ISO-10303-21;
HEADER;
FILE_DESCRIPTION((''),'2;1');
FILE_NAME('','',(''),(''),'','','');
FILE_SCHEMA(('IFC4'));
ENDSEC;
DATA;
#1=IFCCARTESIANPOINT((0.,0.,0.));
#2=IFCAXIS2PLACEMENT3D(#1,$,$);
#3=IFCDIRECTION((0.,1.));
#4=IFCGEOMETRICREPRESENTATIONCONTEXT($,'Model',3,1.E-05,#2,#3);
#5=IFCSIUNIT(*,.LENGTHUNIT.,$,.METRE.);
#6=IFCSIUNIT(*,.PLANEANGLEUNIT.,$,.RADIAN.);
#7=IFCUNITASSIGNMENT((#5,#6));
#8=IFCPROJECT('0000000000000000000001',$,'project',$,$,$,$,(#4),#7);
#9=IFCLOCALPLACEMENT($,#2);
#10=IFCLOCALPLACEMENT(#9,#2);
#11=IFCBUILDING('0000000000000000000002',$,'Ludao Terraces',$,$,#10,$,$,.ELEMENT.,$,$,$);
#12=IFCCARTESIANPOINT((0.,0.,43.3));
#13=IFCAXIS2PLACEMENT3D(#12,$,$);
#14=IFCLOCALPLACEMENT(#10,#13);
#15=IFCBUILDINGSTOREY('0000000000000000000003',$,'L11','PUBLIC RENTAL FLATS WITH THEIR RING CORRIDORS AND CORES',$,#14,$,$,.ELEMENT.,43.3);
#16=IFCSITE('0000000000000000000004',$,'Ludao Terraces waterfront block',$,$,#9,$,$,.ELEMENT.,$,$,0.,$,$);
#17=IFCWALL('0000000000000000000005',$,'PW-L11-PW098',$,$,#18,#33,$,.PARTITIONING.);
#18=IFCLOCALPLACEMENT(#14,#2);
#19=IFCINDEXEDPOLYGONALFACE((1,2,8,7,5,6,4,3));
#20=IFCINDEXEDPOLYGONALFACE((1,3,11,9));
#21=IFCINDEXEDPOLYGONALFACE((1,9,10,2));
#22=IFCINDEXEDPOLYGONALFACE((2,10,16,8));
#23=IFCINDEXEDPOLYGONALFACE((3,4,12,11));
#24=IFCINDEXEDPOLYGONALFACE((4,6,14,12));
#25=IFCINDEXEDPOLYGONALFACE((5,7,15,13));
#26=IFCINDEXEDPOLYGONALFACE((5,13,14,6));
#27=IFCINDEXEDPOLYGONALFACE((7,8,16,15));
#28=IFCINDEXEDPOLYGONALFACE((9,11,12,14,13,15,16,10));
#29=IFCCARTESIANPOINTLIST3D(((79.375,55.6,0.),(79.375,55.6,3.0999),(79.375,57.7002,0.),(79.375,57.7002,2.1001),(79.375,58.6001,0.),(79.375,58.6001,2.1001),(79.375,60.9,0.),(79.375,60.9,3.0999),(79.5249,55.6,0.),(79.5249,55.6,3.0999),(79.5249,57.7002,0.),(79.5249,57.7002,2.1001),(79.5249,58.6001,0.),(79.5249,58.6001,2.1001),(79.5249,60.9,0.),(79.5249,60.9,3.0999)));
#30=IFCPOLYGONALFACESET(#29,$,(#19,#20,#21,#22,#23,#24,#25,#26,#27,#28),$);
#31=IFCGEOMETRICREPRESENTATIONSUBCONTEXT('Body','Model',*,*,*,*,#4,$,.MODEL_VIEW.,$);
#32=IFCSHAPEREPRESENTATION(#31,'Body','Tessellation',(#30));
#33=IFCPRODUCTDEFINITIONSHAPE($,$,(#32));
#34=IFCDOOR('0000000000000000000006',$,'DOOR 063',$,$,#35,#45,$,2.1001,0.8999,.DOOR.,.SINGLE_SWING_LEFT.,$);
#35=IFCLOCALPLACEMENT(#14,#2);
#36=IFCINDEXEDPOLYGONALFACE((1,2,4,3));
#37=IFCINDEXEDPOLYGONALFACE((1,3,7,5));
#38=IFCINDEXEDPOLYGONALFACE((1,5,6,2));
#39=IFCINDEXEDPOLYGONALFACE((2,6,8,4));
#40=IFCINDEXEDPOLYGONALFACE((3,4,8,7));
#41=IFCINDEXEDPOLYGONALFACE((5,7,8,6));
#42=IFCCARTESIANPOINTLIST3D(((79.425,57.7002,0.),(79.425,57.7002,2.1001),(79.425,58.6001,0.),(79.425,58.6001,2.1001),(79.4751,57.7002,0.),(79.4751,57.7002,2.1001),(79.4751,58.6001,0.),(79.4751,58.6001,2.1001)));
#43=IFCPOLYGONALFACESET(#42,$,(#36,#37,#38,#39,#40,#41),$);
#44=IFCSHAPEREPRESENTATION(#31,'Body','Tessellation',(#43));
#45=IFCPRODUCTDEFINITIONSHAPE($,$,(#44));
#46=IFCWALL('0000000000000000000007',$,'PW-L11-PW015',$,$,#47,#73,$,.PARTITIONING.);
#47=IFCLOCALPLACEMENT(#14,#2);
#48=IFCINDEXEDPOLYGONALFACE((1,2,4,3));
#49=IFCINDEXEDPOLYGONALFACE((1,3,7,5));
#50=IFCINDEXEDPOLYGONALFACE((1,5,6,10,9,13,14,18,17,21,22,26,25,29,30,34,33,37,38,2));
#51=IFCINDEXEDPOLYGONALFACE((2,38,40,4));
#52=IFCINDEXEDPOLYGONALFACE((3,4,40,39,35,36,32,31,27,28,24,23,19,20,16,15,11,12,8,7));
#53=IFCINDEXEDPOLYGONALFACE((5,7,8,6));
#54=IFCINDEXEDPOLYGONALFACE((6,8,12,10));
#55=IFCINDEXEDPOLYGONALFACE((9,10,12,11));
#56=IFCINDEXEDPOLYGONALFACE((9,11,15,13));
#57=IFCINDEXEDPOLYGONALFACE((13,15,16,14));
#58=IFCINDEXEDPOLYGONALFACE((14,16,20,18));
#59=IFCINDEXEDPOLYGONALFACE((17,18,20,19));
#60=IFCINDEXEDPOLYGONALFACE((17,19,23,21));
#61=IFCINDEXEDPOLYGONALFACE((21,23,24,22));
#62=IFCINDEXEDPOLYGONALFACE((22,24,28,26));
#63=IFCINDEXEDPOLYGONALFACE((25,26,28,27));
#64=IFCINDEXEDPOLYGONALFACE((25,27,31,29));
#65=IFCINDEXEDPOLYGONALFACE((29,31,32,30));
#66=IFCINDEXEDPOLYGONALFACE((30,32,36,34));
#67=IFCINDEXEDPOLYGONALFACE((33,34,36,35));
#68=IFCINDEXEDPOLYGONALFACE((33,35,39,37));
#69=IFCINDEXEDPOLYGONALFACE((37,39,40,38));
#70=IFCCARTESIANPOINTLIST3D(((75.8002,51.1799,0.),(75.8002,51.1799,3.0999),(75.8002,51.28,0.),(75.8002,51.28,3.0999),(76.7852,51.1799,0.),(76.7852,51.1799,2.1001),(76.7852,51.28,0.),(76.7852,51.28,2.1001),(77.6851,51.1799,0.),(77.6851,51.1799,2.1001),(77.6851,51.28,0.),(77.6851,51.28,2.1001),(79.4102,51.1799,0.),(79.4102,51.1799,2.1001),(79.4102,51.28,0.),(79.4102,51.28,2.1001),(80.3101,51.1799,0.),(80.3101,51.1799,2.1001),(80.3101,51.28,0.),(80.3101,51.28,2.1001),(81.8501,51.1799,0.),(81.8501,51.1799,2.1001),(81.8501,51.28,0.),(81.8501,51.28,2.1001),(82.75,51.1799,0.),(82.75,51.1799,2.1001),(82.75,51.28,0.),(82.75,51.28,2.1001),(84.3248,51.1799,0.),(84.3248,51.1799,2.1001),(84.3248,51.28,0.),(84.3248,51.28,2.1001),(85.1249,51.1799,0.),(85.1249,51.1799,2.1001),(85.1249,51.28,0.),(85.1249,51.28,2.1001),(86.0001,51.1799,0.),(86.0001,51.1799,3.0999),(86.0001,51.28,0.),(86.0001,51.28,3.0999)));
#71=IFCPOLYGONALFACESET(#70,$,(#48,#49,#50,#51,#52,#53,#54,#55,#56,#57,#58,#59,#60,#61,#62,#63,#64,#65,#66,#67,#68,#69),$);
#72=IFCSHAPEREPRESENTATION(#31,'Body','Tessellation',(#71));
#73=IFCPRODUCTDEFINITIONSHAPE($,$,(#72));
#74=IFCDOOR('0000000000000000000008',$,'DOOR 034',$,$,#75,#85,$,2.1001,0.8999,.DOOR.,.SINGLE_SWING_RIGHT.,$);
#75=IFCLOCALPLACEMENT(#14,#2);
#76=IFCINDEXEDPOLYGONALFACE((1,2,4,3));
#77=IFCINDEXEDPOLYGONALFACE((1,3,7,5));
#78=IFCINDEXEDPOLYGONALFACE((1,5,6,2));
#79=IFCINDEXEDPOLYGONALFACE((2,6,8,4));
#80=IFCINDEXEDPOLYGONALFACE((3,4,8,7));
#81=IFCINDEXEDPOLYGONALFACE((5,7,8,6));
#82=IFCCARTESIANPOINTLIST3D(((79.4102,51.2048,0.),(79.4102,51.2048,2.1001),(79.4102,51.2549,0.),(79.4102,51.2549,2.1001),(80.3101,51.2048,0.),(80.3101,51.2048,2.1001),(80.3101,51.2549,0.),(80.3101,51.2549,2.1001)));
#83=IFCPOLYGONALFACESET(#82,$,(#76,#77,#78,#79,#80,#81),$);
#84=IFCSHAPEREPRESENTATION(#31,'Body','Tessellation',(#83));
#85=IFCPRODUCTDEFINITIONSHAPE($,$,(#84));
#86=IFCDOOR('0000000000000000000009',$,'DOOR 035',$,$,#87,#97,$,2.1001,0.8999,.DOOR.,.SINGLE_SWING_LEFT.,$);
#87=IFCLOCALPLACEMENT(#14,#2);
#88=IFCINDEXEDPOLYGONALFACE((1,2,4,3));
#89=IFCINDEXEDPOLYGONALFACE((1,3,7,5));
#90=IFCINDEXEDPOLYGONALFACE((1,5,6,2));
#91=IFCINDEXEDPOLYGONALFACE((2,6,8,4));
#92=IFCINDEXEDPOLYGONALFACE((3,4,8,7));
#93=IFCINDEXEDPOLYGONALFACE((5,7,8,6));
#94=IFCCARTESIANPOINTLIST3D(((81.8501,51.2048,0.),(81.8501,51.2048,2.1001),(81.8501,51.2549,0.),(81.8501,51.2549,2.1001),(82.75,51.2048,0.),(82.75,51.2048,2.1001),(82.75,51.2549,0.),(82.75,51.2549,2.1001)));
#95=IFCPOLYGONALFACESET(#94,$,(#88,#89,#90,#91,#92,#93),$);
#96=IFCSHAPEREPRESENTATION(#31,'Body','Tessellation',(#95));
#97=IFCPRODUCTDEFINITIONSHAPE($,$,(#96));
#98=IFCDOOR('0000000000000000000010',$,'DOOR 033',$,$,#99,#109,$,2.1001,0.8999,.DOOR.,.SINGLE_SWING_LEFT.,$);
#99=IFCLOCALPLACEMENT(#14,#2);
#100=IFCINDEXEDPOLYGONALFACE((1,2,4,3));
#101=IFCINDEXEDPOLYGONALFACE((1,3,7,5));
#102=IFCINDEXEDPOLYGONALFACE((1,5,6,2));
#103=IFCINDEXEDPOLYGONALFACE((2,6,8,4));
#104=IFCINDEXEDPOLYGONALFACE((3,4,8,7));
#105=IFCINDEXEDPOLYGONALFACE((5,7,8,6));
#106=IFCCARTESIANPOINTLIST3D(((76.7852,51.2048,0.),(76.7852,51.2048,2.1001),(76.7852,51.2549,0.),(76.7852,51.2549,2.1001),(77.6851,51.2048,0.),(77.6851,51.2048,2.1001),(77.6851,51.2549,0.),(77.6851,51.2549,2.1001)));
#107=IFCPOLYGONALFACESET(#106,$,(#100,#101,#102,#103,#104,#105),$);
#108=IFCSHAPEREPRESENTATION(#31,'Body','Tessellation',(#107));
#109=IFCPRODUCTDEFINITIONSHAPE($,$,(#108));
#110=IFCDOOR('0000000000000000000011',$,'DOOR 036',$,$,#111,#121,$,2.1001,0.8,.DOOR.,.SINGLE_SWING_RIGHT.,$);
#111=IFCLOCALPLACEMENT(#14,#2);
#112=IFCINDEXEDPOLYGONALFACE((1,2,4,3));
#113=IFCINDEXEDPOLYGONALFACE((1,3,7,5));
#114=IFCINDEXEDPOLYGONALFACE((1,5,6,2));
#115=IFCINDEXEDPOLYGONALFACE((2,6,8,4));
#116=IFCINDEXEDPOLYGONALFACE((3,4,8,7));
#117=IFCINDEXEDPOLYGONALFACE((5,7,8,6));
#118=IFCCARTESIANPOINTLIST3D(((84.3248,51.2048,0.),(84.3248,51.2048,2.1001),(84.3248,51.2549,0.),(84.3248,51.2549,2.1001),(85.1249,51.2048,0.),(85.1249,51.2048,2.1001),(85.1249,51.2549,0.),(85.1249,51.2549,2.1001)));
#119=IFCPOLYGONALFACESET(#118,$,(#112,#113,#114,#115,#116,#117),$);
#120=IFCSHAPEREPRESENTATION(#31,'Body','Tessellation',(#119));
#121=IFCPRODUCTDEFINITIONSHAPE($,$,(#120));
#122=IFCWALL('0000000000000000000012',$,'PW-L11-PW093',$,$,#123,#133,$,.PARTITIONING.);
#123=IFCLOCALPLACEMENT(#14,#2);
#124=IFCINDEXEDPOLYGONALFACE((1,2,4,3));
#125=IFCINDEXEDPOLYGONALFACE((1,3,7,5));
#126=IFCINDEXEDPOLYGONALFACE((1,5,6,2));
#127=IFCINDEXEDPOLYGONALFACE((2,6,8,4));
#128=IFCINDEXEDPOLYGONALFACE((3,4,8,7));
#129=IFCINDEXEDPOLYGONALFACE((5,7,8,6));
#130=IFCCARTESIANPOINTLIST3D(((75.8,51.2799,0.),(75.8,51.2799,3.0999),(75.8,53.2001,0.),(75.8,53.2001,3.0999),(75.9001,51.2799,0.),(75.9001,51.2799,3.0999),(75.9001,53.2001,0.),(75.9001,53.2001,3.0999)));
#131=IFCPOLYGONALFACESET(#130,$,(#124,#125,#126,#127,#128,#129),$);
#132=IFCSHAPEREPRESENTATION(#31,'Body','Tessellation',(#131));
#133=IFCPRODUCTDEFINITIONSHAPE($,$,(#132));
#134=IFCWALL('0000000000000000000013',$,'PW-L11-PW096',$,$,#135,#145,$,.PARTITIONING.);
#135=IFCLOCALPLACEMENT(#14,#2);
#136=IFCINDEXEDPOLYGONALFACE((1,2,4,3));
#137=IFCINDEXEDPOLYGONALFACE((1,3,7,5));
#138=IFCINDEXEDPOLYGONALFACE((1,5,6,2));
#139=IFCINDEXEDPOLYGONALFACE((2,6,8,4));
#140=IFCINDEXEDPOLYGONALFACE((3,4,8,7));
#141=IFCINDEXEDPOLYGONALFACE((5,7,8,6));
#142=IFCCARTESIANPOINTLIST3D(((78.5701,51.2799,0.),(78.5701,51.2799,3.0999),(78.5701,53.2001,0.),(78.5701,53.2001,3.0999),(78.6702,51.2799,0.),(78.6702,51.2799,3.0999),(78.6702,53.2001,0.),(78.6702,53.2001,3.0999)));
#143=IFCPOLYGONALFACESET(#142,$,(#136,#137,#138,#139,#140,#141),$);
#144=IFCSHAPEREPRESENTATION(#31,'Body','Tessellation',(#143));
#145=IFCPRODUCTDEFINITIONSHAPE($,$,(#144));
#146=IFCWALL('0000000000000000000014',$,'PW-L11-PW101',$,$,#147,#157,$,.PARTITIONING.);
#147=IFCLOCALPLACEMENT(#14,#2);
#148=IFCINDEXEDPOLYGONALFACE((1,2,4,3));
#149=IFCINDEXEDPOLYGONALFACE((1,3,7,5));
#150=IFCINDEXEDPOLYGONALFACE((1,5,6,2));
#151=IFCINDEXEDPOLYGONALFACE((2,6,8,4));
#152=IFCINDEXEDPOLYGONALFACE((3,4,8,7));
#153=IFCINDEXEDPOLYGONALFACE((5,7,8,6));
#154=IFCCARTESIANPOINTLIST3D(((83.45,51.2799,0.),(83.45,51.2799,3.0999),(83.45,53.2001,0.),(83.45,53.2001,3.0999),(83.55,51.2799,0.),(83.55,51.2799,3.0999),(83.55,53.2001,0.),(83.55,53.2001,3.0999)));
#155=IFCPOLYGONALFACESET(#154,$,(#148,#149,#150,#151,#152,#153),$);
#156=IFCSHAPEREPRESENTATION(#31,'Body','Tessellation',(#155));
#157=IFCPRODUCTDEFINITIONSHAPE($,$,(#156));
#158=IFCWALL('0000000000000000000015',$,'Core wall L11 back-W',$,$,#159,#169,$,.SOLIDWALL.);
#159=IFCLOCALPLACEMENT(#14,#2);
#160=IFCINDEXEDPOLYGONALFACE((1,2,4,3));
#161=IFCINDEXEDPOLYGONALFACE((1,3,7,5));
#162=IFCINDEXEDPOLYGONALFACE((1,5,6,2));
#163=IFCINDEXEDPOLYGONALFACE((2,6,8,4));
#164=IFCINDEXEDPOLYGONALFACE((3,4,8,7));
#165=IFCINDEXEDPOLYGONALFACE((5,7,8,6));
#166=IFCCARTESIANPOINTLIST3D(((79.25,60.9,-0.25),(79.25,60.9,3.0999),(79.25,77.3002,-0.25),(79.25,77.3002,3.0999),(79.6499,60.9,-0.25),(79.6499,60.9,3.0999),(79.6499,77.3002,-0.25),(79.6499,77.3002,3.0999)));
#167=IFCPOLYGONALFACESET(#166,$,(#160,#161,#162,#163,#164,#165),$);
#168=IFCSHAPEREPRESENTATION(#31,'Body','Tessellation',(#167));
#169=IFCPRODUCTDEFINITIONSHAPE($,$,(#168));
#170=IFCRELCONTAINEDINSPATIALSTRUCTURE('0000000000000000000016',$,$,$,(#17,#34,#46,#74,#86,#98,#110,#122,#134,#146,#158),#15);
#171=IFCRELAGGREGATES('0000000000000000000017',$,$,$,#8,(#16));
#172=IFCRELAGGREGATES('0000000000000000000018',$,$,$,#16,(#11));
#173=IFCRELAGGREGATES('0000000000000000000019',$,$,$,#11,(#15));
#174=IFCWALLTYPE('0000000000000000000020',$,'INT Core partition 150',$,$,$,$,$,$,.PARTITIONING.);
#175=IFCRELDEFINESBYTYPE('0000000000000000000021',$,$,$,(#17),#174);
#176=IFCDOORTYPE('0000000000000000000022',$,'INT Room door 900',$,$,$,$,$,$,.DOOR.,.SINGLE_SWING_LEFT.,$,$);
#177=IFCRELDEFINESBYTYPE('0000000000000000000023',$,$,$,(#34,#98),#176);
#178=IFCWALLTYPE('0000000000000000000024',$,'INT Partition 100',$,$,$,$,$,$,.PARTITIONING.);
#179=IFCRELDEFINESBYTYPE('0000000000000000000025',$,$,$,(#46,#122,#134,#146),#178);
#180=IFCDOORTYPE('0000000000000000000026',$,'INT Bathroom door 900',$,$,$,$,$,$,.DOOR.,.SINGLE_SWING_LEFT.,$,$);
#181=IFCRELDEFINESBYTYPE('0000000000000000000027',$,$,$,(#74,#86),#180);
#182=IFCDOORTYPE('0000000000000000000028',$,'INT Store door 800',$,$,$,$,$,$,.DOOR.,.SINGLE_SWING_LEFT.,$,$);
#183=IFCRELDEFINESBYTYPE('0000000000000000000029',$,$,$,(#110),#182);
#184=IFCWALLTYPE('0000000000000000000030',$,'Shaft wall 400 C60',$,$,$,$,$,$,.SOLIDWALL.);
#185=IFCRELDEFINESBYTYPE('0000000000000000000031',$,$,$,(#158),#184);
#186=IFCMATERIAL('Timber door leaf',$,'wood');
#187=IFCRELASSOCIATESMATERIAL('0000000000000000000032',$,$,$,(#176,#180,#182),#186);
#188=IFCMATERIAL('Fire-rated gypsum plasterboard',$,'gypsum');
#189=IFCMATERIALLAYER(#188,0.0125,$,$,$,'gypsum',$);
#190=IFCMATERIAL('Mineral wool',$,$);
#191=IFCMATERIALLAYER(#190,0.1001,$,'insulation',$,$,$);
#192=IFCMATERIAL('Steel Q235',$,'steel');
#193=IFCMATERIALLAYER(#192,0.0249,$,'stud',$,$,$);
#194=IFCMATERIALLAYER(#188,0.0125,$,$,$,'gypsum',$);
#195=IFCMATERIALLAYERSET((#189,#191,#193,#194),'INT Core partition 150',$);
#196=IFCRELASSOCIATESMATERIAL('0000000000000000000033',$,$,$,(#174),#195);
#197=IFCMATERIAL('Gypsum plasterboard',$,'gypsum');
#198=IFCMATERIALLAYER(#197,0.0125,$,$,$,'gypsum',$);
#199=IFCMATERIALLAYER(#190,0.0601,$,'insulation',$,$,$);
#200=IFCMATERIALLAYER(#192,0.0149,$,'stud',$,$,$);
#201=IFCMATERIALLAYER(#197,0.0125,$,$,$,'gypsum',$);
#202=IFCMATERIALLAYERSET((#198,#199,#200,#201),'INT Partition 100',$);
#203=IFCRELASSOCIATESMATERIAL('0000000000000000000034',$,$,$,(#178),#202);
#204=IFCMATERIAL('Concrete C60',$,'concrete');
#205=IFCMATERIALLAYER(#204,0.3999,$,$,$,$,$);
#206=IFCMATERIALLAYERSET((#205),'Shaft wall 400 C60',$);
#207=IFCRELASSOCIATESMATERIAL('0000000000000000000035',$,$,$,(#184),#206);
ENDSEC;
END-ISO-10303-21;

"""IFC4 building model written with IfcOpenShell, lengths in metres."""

from ifc_helpers import new_model, si_unit, direction, frame, frame_2d, origin, place, context, subcontext, project, spatial, rectangle, extrude, material, layer, layer_set, type_object, element, fill, save


model = new_model("IFC4")

# Units and contexts
model_context = context("Model", 3, precision=1e-05, world=origin(), true_north=direction((0.0, 1.0)))
body_context = subcontext(model_context, "Body", "Model", "MODEL_VIEW")
ifc_project = project(units=[si_unit("LENGTHUNIT", "METRE"), si_unit("PLANEANGLEUNIT", "RADIAN")], contexts=[model_context])

# Site, building, storey
site_placement = place(None, origin())
site = spatial("IfcSite", under=ifc_project, at=site_placement, Name="Ludao Terraces waterfront block", CompositionType="ELEMENT", RefElevation=0.0)
building_placement = place(site_placement, origin())
building = spatial("IfcBuilding", under=site, at=building_placement, Name="Ludao Terraces", CompositionType="ELEMENT")
storey_placement = place(building_placement, frame((0.0, 0.0, 43.3)))
storey = spatial("IfcBuildingStorey", under=building, at=storey_placement, Name="L11", Description="PUBLIC RENTAL FLATS WITH THEIR RING CORRIDORS AND CORES", CompositionType="ELEMENT", Elevation=43.3)

# Shared definitions
ifc_material_1 = material(Name="Steel Q235", Category="steel")
ifc_material_2 = material(Name="Timber door leaf", Category="wood")
door_type_1 = type_object("IfcDoorType", Name="INT Room door 900", OperationType="SINGLE_SWING_LEFT", PredefinedType="DOOR", material=ifc_material_2)

# Wall, opening, door
ifc_material_3 = material(Name="Fire-rated gypsum plasterboard", Category="gypsum")
ifc_layer_1 = layer(ifc_material_3, 0.0125, Category="gypsum")
ifc_material_4 = material(Name="Mineral wool")
ifc_layer_2 = layer(ifc_material_4, 0.1001, Name="insulation")
ifc_layer_3 = layer(ifc_material_1, 0.0249, Name="stud")
ifc_layer_4 = layer(ifc_material_3, 0.0125, Category="gypsum")
ifc_layer_set_1 = layer_set([ifc_layer_1, ifc_layer_2, ifc_layer_3, ifc_layer_4], Name="INT Core partition 150")
wall_type_1 = type_object("IfcWallType", Name="INT Core partition 150", PredefinedType="PARTITIONING", material=ifc_layer_set_1)
wall_1_placement = place(storey_placement, frame((79.45, 55.6001, 0.0), z_axis=(0.0, 0.0, 1.0), x_axis=(0.0, 1.0, 0.0)))
wall_1 = element("IfcWall", 1, at=wall_1_placement, inside=storey, type_object=wall_type_1, Name="PW-L11-PW098", PredefinedType="PARTITIONING", context=body_context, shape_type="SweptSolid", body=[
    extrude(rectangle(XDim=5.3, YDim=0.1499, at=frame_2d((2.6499, 0.0))), origin(), (0.0, 0.0, 1.0), 3.0999),
])
opening_1_placement = place(wall_1_placement, frame((2.1001, 0.0, 0.0)))
opening_1 = element("IfcOpeningElement", 2, at=opening_1_placement, cuts=wall_1, PredefinedType="OPENING", context=body_context, shape_type="SweptSolid", body=[
    extrude(rectangle(XDim=0.8999, YDim=2.1001, at=frame_2d((0.45, 1.05))), frame((0.0, 0.085, 0.0), z_axis=(0.0, -1.0, 0.0), x_axis=(1.0, 0.0, 0.0)), (0.0, 0.0, 1.0), 0.1699),
])
door_1_placement = place(opening_1_placement, origin())
door_1 = element("IfcDoor", 3, at=door_1_placement, inside=storey, type_object=door_type_1, Name="DOOR 063", OperationType="SINGLE_SWING_LEFT", OverallHeight=2.1001, OverallWidth=0.8999, PredefinedType="DOOR", context=body_context, shape_type="SweptSolid", body=[
    extrude(rectangle(XDim=0.8999, YDim=2.1001, at=frame_2d((0.45, 1.05))), frame((0.0, 0.0249, 0.0), z_axis=(0.0, -1.0, 0.0), x_axis=(1.0, 0.0, 0.0)), (0.0, 0.0, 1.0), 0.05),
])
fill(opening_1, door_1)

# Wall, openings, doors
ifc_material_5 = material(Name="Gypsum plasterboard", Category="gypsum")
ifc_layer_5 = layer(ifc_material_5, 0.0125, Category="gypsum")
ifc_layer_6 = layer(ifc_material_4, 0.0601, Name="insulation")
ifc_layer_7 = layer(ifc_material_1, 0.0149, Name="stud")
ifc_layer_8 = layer(ifc_material_5, 0.0125, Category="gypsum")
ifc_layer_set_2 = layer_set([ifc_layer_5, ifc_layer_6, ifc_layer_7, ifc_layer_8], Name="INT Partition 100")
wall_type_2 = type_object("IfcWallType", Name="INT Partition 100", PredefinedType="PARTITIONING", material=ifc_layer_set_2)
wall_2_placement = place(storey_placement, frame((75.8, 51.23, 0.0), z_axis=(0.0, 0.0, 1.0), x_axis=(1.0, 0.0, 0.0)))
wall_2 = element("IfcWall", 4, at=wall_2_placement, inside=storey, type_object=wall_type_2, Name="PW-L11-PW015", PredefinedType="PARTITIONING", context=body_context, shape_type="SweptSolid", body=[
    extrude(rectangle(XDim=10.2, YDim=0.1001, at=frame_2d((5.1001, 0.0))), origin(), (0.0, 0.0, 1.0), 3.0999),
])
opening_2_placement = place(wall_2_placement, frame((0.9851, 0.0, 0.0)))
opening_2 = element("IfcOpeningElement", 5, at=opening_2_placement, cuts=wall_2, PredefinedType="OPENING", context=body_context, shape_type="SweptSolid", body=[
    extrude(rectangle(XDim=0.8999, YDim=2.1001, at=frame_2d((0.45, 1.05))), frame((0.0, 0.0601, 0.0), z_axis=(0.0, -1.0, 0.0), x_axis=(1.0, 0.0, 0.0)), (0.0, 0.0, 1.0), 0.1201),
])
opening_3_placement = place(wall_2_placement, frame((3.6101, 0.0, 0.0)))
opening_3 = element("IfcOpeningElement", 6, at=opening_3_placement, cuts=wall_2, PredefinedType="OPENING", context=body_context, shape_type="SweptSolid", body=[
    extrude(rectangle(XDim=0.8999, YDim=2.1001, at=frame_2d((0.45, 1.05))), frame((0.0, 0.0601, 0.0), z_axis=(0.0, -1.0, 0.0), x_axis=(1.0, 0.0, 0.0)), (0.0, 0.0, 1.0), 0.1201),
])
opening_4_placement = place(wall_2_placement, frame((6.05, 0.0, 0.0)))
opening_4 = element("IfcOpeningElement", 7, at=opening_4_placement, cuts=wall_2, PredefinedType="OPENING", context=body_context, shape_type="SweptSolid", body=[
    extrude(rectangle(XDim=0.8999, YDim=2.1001, at=frame_2d((0.45, 1.05))), frame((0.0, 0.0601, 0.0), z_axis=(0.0, -1.0, 0.0), x_axis=(1.0, 0.0, 0.0)), (0.0, 0.0, 1.0), 0.1201),
])
opening_5_placement = place(wall_2_placement, frame((8.5249, 0.0, 0.0)))
opening_5 = element("IfcOpeningElement", 8, at=opening_5_placement, cuts=wall_2, PredefinedType="OPENING", context=body_context, shape_type="SweptSolid", body=[
    extrude(rectangle(XDim=0.8, YDim=2.1001, at=frame_2d((0.3999, 1.05))), frame((0.0, 0.0601, 0.0), z_axis=(0.0, -1.0, 0.0), x_axis=(1.0, 0.0, 0.0)), (0.0, 0.0, 1.0), 0.1201),
])
door_type_2 = type_object("IfcDoorType", Name="INT Bathroom door 900", OperationType="SINGLE_SWING_LEFT", PredefinedType="DOOR", material=ifc_material_2)
door_2_placement = place(opening_3_placement, origin())
door_2 = element("IfcDoor", 9, at=door_2_placement, inside=storey, type_object=door_type_2, Name="DOOR 034", OperationType="SINGLE_SWING_RIGHT", OverallHeight=2.1001, OverallWidth=0.8999, PredefinedType="DOOR", context=body_context, shape_type="SweptSolid", body=[
    extrude(rectangle(XDim=0.8999, YDim=2.1001, at=frame_2d((0.45, 1.05))), frame((0.0, 0.0249, 0.0), z_axis=(0.0, -1.0, 0.0), x_axis=(1.0, 0.0, 0.0)), (0.0, 0.0, 1.0), 0.05),
])
fill(opening_3, door_2)
door_3_placement = place(opening_4_placement, origin())
door_3 = element("IfcDoor", 10, at=door_3_placement, inside=storey, type_object=door_type_2, Name="DOOR 035", OperationType="SINGLE_SWING_LEFT", OverallHeight=2.1001, OverallWidth=0.8999, PredefinedType="DOOR", context=body_context, shape_type="SweptSolid", body=[
    extrude(rectangle(XDim=0.8999, YDim=2.1001, at=frame_2d((0.45, 1.05))), frame((0.0, 0.0249, 0.0), z_axis=(0.0, -1.0, 0.0), x_axis=(1.0, 0.0, 0.0)), (0.0, 0.0, 1.0), 0.05),
])
fill(opening_4, door_3)
door_4_placement = place(opening_2_placement, origin())
door_4 = element("IfcDoor", 11, at=door_4_placement, inside=storey, type_object=door_type_1, Name="DOOR 033", OperationType="SINGLE_SWING_LEFT", OverallHeight=2.1001, OverallWidth=0.8999, PredefinedType="DOOR", context=body_context, shape_type="SweptSolid", body=[
    extrude(rectangle(XDim=0.8999, YDim=2.1001, at=frame_2d((0.45, 1.05))), frame((0.0, 0.0249, 0.0), z_axis=(0.0, -1.0, 0.0), x_axis=(1.0, 0.0, 0.0)), (0.0, 0.0, 1.0), 0.05),
])
fill(opening_2, door_4)
door_type_3 = type_object("IfcDoorType", Name="INT Store door 800", OperationType="SINGLE_SWING_LEFT", PredefinedType="DOOR", material=ifc_material_2)
door_5_placement = place(opening_5_placement, origin())
door_5 = element("IfcDoor", 12, at=door_5_placement, inside=storey, type_object=door_type_3, Name="DOOR 036", OperationType="SINGLE_SWING_RIGHT", OverallHeight=2.1001, OverallWidth=0.8, PredefinedType="DOOR", context=body_context, shape_type="SweptSolid", body=[
    extrude(rectangle(XDim=0.8, YDim=2.1001, at=frame_2d((0.3999, 1.05))), frame((0.0, 0.0249, 0.0), z_axis=(0.0, -1.0, 0.0), x_axis=(1.0, 0.0, 0.0)), (0.0, 0.0, 1.0), 0.05),
])
fill(opening_5, door_5)

# Walls
for number, where, z_axis, x_axis, name in (
    (13, (75.8501, 51.28, 0.0), (0.0, 0.0, 1.0), (0.0, 1.0, 0.0), "PW-L11-PW093"),
    (14, (78.6201, 51.28, 0.0), (0.0, 0.0, 1.0), (0.0, 1.0, 0.0), "PW-L11-PW096"),
    (15, (83.5, 51.28, 0.0), (0.0, 0.0, 1.0), (0.0, 1.0, 0.0), "PW-L11-PW101"),
):
    element("IfcWall", number, at=place(storey_placement, frame(where, z_axis=z_axis, x_axis=x_axis)), inside=storey, type_object=wall_type_2, Name=name, PredefinedType="PARTITIONING", context=body_context, shape_type="SweptSolid", body=[
        extrude(rectangle(XDim=1.9202, YDim=0.1001, at=frame_2d((0.96, 0.0))), origin(), (0.0, 0.0, 1.0), 3.0999),
    ])
ifc_material_6 = material(Name="Concrete C60", Category="concrete")
ifc_layer_9 = layer(ifc_material_6, 0.3999)
ifc_layer_set_3 = layer_set([ifc_layer_9], Name="Shaft wall 400 C60")
wall_type_3 = type_object("IfcWallType", Name="Shaft wall 400 C60", PredefinedType="SOLIDWALL", material=ifc_layer_set_3)
wall_3_placement = place(storey_placement, frame((79.45, 60.8999, -0.25), z_axis=(0.0, 0.0, 1.0), x_axis=(0.0, 1.0, 0.0)))
element("IfcWall", 16, at=wall_3_placement, inside=storey, type_object=wall_type_3, Name="Core wall L11 back-W", PredefinedType="SOLIDWALL", context=body_context, shape_type="SweptSolid", body=[
    extrude(rectangle(XDim=16.4001, YDim=0.3999, at=frame_2d((8.2002, 0.0))), origin(), (0.0, 0.0, 1.0), 3.3499),
])

save(model, "model.ifc")
